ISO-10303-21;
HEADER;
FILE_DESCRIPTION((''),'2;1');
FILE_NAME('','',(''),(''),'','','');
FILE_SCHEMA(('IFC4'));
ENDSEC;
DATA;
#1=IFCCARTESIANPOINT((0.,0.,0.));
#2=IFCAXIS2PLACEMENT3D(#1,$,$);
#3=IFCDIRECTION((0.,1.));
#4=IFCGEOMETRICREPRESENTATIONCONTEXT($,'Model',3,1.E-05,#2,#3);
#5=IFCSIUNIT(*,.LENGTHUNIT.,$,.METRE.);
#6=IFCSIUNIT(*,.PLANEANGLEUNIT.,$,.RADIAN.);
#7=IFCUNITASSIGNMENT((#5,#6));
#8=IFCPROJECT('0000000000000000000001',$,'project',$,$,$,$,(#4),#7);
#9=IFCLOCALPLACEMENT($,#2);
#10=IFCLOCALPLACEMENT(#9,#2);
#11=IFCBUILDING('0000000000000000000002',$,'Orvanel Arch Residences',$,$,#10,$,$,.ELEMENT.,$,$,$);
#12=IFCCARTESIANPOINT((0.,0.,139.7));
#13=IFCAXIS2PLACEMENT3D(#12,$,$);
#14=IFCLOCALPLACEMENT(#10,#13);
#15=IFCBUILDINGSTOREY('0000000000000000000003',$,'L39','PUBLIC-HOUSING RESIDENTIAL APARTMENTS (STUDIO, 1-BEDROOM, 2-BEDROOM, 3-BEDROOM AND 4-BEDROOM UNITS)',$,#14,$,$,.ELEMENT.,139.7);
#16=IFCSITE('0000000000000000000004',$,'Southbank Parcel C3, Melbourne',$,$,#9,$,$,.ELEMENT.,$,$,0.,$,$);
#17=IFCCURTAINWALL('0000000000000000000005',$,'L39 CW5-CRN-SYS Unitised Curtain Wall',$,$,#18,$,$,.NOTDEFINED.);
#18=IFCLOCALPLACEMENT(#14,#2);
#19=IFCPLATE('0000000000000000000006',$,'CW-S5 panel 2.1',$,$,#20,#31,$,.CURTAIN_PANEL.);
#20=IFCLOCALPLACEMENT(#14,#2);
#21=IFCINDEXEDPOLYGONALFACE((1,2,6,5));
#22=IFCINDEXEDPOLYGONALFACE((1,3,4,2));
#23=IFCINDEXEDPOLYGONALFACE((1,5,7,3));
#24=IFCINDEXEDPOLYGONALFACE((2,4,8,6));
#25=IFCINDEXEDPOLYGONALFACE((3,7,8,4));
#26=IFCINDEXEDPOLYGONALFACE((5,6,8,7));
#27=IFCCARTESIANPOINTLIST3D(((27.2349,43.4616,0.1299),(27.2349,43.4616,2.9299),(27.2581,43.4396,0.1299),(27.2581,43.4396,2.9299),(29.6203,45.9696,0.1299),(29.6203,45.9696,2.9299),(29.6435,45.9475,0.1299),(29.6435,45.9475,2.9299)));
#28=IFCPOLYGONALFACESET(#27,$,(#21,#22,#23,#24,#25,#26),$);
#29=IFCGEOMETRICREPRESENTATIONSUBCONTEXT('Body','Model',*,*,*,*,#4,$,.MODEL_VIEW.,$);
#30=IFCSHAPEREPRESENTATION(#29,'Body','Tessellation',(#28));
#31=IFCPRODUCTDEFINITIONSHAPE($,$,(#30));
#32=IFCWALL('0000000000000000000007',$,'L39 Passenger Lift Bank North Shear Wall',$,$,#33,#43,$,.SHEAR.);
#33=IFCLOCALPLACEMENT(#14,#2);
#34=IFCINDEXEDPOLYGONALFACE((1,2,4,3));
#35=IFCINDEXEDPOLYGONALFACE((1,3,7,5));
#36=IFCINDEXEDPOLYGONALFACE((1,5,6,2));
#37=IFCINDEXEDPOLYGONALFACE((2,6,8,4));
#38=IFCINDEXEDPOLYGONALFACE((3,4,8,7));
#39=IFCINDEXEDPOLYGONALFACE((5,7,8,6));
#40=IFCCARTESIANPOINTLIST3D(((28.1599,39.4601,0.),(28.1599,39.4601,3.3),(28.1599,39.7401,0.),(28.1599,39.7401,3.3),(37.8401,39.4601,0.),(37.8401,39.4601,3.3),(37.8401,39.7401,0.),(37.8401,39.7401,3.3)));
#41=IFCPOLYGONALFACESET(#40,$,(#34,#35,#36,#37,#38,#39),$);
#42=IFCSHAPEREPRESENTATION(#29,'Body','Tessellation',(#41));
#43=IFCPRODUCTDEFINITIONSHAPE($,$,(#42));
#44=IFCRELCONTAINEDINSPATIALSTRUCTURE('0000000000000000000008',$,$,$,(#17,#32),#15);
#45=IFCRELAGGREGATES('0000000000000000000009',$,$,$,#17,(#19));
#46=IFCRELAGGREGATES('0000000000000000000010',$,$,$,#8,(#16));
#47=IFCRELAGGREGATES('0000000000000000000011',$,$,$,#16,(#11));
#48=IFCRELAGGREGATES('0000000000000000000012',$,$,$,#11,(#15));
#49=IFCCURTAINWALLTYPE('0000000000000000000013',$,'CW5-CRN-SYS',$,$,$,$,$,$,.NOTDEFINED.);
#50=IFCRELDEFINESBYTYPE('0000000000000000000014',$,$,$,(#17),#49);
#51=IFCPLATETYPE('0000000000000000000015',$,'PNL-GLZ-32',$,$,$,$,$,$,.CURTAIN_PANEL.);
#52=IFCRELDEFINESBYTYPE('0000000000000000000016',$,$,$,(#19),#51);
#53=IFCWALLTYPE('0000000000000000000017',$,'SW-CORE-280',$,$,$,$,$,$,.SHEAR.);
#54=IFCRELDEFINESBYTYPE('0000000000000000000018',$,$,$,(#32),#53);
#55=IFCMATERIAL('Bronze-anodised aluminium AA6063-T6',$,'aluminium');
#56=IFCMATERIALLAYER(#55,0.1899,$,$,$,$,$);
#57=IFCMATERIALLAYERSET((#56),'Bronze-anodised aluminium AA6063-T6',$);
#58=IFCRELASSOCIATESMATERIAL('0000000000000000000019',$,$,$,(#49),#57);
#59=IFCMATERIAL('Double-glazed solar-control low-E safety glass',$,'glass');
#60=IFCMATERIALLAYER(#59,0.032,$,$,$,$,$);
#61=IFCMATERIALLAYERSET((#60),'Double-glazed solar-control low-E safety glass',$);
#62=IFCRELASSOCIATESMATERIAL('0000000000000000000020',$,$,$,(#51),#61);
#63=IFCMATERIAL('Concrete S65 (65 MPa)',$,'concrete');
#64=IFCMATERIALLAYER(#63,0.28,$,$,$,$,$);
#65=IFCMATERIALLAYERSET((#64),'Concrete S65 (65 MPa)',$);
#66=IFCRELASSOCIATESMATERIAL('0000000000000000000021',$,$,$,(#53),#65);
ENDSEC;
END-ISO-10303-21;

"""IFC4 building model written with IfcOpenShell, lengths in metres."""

from ifc_helpers import new_model, si_unit, direction, frame, frame_2d, origin, origin_2d, place, context, subcontext, project, spatial, rectangle, extrude, material, layer, layer_set, type_object, element, aggregate, save


model = new_model("IFC4")

# Units and contexts
model_context = context("Model", 3, precision=1e-05, world=origin(), true_north=direction((0.0, 1.0)))
body_context = subcontext(model_context, "Body", "Model", "MODEL_VIEW")
ifc_project = project(units=[si_unit("LENGTHUNIT", "METRE"), si_unit("PLANEANGLEUNIT", "RADIAN")], contexts=[model_context])

# Site, building, storey
site_placement = place(None, origin())
site = spatial("IfcSite", under=ifc_project, at=site_placement, Name="Southbank Parcel C3, Melbourne", CompositionType="ELEMENT", RefElevation=0.0)
building_placement = place(site_placement, origin())
building = spatial("IfcBuilding", under=site, at=building_placement, Name="Orvanel Arch Residences", CompositionType="ELEMENT")
storey_placement = place(building_placement, frame((0.0, 0.0, 139.7)))
storey = spatial("IfcBuildingStorey", under=building, at=storey_placement, Name="L39", Description="PUBLIC-HOUSING RESIDENTIAL APARTMENTS (STUDIO, 1-BEDROOM, 2-BEDROOM, 3-BEDROOM AND 4-BEDROOM UNITS)", CompositionType="ELEMENT", Elevation=139.7)

# Shared definitions
ifc_material_1 = material(Name="Bronze-anodised aluminium AA6063-T6", Category="aluminium")
ifc_layer_1 = layer(ifc_material_1, 0.1899)
ifc_layer_set_1 = layer_set([ifc_layer_1], Name="Bronze-anodised aluminium AA6063-T6")
curtain_wall_type_1 = type_object("IfcCurtainWallType", Name="CW5-CRN-SYS", PredefinedType="NOTDEFINED", material=ifc_layer_set_1)

# Curtain wall
curtain_wall_1_placement = place(storey_placement, origin())
curtain_wall_1 = element("IfcCurtainWall", 1, at=curtain_wall_1_placement, inside=storey, type_object=curtain_wall_type_1, Name="L39 CW5-CRN-SYS Unitised Curtain Wall", PredefinedType="NOTDEFINED")

# Plate
ifc_material_2 = material(Name="Double-glazed solar-control low-E safety glass", Category="glass")
ifc_layer_2 = layer(ifc_material_2, 0.032)
ifc_layer_set_2 = layer_set([ifc_layer_2], Name="Double-glazed solar-control low-E safety glass")
plate_type_1 = type_object("IfcPlateType", Name="PNL-GLZ-32", PredefinedType="CURTAIN_PANEL", material=ifc_layer_set_2)
plate_1_placement = place(storey_placement, frame((28.4392, 44.7046, 0.1299), z_axis=(0.0, 0.0, 1.0), x_axis=(-0.689184, -0.724586, 0.0)))
plate_1 = element("IfcPlate", 2, at=plate_1_placement, type_object=plate_type_1, Name="CW-S5 panel 2.1", PredefinedType="CURTAIN_PANEL", context=body_context, shape_type="SweptSolid", body=[
    extrude(rectangle(XDim=3.4612, YDim=0.032, at=origin_2d()), origin(), (0.0, 0.0, 1.0), 2.8),
])
aggregate(curtain_wall_1, [plate_1])

# Wall
ifc_material_3 = material(Name="Concrete S65 (65 MPa)", Category="concrete")
ifc_layer_3 = layer(ifc_material_3, 0.28)
ifc_layer_set_3 = layer_set([ifc_layer_3], Name="Concrete S65 (65 MPa)")
wall_type = type_object("IfcWallType", Name="SW-CORE-280", PredefinedType="SHEAR", material=ifc_layer_set_3)
wall_placement = place(storey_placement, frame((28.1599, 39.6001, 0.0), z_axis=(0.0, 0.0, 1.0), x_axis=(1.0, 0.0, 0.0)))
element("IfcWall", 3, at=wall_placement, inside=storey, type_object=wall_type, Name="L39 Passenger Lift Bank North Shear Wall", PredefinedType="SHEAR", context=body_context, shape_type="SweptSolid", body=[
    extrude(rectangle(XDim=9.6802, YDim=0.28, at=frame_2d((4.8401, 0.0))), origin(), (0.0, 0.0, 1.0), 3.3),
])

save(model, "model.ifc")
